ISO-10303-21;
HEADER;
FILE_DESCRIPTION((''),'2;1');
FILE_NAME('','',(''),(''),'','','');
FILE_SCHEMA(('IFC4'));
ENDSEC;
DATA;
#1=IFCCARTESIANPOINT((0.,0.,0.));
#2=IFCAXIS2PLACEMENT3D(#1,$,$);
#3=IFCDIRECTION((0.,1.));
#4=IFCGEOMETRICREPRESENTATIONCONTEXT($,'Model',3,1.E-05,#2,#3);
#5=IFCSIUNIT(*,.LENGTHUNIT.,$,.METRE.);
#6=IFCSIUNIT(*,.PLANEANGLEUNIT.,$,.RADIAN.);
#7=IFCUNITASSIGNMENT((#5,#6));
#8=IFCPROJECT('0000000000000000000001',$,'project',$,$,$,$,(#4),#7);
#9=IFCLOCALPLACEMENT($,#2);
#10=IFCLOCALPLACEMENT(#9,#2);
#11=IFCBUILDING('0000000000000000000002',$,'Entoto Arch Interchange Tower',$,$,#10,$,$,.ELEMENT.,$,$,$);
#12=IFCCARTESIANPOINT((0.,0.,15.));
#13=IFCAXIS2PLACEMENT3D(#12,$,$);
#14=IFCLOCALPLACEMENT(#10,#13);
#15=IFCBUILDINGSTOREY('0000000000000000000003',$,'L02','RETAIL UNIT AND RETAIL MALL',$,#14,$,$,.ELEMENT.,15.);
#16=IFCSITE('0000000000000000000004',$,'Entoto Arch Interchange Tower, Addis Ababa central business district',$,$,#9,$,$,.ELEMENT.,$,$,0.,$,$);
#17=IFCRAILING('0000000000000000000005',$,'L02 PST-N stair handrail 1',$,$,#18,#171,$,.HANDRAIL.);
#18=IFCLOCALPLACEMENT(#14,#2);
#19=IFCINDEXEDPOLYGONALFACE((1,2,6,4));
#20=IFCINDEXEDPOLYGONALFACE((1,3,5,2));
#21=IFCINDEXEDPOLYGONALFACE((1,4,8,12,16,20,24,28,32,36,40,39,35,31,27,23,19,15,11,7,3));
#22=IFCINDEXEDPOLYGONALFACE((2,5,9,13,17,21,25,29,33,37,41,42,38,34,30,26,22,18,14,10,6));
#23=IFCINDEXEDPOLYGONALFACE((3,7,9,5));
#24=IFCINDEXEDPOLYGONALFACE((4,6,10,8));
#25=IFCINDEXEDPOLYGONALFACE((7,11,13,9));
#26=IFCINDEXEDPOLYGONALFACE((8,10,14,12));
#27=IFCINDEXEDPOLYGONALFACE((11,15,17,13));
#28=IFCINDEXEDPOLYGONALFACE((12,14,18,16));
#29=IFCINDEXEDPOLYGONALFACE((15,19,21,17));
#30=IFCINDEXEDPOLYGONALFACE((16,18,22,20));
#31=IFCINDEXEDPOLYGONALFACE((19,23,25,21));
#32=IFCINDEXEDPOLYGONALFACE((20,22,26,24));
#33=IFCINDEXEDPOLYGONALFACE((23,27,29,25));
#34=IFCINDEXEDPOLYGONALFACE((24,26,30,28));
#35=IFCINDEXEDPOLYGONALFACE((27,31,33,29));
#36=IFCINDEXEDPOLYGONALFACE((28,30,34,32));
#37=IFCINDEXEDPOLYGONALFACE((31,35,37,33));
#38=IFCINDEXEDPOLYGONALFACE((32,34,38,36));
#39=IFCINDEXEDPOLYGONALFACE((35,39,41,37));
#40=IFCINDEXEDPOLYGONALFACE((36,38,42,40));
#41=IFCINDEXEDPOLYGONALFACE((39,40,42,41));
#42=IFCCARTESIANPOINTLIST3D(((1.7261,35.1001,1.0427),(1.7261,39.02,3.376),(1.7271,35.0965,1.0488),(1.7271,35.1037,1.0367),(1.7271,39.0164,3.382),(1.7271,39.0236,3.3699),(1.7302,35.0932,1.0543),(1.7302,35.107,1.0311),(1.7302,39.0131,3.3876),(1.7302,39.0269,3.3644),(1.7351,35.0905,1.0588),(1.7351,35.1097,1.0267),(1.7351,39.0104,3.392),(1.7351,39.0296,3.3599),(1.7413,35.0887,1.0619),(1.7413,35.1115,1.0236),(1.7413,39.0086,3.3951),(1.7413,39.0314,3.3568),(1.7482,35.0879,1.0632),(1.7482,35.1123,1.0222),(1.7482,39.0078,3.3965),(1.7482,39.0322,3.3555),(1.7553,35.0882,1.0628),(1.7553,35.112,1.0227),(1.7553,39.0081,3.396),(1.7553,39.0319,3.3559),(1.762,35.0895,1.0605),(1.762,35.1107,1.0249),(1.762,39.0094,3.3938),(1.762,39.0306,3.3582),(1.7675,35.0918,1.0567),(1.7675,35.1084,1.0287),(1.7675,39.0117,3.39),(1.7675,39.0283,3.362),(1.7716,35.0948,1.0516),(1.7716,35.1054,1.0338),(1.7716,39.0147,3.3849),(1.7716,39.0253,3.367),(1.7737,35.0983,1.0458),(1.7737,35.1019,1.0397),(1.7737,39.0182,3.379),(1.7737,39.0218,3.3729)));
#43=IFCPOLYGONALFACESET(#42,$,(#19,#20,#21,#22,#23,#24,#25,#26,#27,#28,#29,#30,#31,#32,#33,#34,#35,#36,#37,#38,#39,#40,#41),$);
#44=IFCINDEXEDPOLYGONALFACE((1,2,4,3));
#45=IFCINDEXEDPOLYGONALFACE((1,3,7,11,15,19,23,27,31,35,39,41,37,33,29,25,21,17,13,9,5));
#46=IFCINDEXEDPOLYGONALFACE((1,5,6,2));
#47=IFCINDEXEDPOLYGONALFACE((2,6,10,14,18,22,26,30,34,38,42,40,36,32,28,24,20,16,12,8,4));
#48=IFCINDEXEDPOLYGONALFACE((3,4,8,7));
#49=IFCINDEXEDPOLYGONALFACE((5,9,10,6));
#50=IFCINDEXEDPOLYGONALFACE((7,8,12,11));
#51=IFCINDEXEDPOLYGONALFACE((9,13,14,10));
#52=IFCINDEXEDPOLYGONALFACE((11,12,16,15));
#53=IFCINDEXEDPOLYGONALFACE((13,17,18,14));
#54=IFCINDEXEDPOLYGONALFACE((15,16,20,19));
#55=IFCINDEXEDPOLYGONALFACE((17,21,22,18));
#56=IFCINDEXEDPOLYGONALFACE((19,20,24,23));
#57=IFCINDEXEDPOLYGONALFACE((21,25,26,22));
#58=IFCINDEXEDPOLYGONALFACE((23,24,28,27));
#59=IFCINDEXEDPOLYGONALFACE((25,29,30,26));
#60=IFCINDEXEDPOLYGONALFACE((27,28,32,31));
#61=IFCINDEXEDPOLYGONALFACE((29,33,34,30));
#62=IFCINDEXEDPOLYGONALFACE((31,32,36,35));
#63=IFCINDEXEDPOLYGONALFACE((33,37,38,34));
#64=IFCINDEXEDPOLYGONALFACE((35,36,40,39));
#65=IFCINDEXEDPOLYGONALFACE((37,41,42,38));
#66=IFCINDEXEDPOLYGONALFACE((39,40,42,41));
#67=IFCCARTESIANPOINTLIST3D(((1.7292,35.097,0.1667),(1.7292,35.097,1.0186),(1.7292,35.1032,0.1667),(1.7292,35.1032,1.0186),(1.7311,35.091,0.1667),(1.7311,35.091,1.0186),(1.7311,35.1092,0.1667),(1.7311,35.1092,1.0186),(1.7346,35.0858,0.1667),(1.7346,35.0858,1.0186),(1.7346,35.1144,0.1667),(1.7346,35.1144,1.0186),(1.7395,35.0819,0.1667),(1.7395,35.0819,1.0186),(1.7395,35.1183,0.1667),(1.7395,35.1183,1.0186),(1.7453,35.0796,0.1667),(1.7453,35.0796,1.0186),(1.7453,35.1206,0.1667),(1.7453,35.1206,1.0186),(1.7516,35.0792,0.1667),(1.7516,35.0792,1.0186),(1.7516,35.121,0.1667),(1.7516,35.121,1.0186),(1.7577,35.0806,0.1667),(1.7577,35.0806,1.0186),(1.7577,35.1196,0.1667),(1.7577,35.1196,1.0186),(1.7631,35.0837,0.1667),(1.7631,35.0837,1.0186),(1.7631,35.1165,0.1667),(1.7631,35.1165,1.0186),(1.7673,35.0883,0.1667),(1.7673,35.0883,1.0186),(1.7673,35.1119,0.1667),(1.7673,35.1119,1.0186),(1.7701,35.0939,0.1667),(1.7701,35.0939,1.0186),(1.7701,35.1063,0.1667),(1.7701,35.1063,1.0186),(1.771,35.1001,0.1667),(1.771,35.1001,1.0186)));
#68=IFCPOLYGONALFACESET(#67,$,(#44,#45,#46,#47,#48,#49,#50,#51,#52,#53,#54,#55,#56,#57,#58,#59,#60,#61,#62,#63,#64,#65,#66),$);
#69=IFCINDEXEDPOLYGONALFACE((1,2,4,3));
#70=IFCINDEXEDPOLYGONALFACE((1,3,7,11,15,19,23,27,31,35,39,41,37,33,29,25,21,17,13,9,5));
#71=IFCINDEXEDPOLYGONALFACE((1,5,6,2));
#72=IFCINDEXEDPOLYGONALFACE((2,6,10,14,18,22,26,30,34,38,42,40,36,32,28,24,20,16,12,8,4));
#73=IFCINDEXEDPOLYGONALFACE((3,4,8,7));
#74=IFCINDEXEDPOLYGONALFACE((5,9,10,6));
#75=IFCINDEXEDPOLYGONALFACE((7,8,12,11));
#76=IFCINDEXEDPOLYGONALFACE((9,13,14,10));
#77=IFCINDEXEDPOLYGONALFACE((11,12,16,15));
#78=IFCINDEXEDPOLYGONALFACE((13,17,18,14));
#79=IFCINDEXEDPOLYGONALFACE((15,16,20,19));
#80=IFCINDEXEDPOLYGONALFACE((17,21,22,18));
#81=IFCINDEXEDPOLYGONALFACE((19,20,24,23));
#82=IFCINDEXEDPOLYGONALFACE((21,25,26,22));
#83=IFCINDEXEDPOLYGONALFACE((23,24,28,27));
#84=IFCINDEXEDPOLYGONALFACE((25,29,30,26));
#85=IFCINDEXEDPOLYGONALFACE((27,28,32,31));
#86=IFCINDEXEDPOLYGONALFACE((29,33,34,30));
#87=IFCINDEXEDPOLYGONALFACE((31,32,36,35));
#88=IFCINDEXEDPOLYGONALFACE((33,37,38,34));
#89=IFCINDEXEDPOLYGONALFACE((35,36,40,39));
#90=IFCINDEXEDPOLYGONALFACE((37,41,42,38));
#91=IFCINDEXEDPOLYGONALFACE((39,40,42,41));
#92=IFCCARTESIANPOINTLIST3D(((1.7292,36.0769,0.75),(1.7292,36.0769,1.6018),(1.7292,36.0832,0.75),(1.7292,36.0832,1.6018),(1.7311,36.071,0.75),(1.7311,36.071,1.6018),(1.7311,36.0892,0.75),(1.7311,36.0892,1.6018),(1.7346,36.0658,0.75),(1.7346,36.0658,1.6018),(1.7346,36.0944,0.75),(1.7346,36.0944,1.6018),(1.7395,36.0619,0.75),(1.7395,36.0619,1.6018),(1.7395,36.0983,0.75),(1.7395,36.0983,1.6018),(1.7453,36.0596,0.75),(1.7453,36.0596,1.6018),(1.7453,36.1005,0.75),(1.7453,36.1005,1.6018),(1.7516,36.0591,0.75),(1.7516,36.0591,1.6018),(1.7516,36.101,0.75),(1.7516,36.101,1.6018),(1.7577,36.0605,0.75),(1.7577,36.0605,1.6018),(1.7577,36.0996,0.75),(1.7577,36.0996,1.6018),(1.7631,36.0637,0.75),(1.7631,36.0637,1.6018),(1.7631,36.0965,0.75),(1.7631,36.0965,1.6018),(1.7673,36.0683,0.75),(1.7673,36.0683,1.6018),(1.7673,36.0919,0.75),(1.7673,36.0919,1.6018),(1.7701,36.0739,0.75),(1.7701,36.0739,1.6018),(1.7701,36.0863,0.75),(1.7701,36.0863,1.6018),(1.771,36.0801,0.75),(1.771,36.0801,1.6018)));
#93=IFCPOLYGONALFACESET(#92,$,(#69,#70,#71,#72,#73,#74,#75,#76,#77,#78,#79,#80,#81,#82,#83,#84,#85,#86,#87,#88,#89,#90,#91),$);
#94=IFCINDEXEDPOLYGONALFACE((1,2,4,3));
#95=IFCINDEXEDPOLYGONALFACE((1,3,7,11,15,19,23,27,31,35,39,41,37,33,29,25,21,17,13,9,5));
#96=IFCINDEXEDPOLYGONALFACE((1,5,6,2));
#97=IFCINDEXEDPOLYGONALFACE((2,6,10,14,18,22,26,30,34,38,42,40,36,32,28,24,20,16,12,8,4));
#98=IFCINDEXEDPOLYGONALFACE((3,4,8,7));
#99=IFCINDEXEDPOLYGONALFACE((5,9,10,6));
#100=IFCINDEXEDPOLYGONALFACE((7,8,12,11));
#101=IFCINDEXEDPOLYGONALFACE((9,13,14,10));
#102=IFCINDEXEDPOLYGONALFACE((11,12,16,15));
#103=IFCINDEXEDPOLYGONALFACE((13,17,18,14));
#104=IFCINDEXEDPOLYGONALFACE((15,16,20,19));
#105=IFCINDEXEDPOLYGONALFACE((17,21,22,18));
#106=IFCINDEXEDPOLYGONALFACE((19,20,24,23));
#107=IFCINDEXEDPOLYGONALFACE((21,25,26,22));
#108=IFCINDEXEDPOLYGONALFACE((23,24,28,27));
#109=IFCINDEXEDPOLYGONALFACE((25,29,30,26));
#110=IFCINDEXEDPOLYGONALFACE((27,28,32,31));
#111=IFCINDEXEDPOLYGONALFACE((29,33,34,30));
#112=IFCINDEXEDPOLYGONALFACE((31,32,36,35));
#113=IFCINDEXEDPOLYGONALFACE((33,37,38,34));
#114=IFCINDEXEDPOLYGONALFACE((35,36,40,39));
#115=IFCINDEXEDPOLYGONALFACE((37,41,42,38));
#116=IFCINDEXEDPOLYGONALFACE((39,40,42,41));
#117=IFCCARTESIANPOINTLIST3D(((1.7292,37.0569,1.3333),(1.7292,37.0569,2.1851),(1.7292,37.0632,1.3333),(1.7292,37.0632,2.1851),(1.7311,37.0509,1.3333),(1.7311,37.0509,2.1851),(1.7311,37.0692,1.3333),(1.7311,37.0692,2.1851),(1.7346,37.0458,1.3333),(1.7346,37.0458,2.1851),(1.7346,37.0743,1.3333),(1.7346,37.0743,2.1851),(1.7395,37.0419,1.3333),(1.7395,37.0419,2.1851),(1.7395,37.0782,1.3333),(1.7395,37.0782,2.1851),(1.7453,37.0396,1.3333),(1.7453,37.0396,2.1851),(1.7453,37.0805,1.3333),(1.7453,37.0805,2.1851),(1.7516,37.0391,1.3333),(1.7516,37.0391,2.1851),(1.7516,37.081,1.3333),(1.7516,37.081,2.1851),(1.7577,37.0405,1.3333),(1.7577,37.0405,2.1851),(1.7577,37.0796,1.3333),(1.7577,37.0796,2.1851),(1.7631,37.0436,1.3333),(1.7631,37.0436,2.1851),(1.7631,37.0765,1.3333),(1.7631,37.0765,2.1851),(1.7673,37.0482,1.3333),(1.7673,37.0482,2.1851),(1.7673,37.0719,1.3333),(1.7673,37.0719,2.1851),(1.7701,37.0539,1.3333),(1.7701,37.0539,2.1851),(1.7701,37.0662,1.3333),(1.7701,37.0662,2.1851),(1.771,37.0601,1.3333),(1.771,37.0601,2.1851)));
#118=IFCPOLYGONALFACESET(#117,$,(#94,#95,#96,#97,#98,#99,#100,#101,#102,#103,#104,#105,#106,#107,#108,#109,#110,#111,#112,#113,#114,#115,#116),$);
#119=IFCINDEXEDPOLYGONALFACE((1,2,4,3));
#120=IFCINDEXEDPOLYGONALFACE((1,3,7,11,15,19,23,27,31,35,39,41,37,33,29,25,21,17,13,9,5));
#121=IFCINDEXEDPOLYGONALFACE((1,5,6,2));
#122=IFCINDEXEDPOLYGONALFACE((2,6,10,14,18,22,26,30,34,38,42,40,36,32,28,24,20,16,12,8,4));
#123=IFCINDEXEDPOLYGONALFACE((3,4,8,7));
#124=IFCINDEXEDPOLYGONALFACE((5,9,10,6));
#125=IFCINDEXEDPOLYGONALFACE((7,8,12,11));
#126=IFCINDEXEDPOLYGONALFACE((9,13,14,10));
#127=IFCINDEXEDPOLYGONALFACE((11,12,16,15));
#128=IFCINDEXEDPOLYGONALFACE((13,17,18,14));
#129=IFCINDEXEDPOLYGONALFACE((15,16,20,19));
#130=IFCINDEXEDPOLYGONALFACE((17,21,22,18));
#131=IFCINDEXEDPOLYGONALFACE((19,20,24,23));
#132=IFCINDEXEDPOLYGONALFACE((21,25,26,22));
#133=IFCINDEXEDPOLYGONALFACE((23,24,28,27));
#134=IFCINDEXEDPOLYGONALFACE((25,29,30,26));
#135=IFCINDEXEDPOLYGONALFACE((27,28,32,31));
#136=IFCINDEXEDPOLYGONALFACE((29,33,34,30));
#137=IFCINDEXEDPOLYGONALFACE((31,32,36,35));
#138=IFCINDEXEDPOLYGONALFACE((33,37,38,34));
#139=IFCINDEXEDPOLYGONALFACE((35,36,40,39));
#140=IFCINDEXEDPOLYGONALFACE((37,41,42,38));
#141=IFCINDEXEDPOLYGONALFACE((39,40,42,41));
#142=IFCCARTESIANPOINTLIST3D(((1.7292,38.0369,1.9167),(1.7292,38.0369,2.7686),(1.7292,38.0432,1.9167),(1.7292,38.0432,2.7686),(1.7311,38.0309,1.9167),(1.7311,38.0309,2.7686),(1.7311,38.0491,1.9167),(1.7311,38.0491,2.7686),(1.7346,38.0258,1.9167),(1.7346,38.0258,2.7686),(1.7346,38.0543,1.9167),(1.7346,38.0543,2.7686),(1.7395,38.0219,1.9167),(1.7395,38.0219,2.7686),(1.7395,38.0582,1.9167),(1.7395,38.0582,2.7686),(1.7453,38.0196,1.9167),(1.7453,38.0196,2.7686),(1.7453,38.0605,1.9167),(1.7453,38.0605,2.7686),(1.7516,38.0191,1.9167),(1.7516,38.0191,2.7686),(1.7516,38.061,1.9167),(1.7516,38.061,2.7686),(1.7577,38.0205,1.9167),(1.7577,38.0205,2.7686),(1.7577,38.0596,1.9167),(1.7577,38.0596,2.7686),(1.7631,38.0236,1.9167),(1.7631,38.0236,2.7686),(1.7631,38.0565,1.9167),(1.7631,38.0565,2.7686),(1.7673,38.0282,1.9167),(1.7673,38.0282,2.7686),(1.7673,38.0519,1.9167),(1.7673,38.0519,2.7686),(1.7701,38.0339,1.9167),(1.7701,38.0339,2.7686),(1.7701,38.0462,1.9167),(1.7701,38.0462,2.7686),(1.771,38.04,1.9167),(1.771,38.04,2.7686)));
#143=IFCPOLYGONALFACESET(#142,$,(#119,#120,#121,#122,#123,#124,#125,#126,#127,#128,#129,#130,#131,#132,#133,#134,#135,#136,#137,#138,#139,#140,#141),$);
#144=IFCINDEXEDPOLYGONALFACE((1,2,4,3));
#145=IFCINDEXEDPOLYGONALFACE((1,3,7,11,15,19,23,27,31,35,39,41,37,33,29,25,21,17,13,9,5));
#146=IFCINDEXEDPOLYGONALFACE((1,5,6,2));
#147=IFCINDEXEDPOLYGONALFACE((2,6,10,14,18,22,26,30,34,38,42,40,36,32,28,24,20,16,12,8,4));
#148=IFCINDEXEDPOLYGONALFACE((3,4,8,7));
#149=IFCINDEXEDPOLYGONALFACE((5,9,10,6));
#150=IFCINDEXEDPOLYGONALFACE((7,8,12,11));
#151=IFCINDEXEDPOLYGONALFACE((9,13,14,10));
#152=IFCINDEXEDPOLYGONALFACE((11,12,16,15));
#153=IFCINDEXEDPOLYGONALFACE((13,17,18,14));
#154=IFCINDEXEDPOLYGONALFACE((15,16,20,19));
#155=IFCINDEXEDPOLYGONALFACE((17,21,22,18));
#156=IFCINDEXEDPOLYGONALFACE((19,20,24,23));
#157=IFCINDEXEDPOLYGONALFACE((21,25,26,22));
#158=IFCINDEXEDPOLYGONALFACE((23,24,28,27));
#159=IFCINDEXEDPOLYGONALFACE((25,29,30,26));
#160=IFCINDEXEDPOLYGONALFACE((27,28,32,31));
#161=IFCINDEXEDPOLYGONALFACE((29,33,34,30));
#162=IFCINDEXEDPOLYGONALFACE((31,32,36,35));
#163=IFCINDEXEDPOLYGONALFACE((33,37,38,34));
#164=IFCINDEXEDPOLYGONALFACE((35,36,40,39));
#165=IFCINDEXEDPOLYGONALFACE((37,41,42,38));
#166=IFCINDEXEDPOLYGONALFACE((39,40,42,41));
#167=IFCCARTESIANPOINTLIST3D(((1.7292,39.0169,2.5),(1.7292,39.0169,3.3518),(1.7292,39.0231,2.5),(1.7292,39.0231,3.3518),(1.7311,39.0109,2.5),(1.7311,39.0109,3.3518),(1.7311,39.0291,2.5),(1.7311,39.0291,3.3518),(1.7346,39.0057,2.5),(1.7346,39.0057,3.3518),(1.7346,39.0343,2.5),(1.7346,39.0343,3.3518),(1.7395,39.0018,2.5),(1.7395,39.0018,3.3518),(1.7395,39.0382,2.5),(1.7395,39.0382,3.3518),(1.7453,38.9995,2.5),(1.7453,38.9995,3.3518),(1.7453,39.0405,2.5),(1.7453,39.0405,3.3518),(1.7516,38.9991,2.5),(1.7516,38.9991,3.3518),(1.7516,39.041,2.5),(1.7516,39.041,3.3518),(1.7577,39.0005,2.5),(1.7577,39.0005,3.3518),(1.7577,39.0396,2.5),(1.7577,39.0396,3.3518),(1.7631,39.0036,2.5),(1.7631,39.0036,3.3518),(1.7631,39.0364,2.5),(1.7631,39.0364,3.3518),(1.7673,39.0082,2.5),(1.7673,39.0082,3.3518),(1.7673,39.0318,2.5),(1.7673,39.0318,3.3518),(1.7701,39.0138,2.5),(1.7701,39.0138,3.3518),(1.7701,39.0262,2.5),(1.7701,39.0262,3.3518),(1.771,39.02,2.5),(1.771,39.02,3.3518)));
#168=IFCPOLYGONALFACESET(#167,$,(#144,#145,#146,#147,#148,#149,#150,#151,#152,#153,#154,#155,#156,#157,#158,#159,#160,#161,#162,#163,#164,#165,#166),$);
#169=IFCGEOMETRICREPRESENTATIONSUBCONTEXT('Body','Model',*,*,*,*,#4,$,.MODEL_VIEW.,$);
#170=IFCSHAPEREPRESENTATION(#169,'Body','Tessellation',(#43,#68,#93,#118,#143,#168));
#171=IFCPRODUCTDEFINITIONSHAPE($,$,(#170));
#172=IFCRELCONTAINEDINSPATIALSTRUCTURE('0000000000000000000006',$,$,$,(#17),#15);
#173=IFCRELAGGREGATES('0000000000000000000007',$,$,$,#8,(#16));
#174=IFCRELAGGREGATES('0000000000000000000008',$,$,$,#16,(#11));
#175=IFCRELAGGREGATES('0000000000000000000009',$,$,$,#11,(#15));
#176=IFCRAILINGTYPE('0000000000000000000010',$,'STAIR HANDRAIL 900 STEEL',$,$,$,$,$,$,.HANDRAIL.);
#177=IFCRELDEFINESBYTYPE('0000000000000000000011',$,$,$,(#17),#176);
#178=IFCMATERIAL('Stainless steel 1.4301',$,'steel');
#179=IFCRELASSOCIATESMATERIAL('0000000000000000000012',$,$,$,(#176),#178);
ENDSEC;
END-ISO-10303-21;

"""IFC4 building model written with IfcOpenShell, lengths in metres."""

from ifc_helpers import new_model, si_unit, direction, frame, origin, origin_2d, place, context, subcontext, project, spatial, circle, extrude, material, type_object, element, save


model = new_model("IFC4")

# Units and contexts
model_context = context("Model", 3, precision=1e-05, world=origin(), true_north=direction((0.0, 1.0)))
body_context = subcontext(model_context, "Body", "Model", "MODEL_VIEW")
ifc_project = project(units=[si_unit("LENGTHUNIT", "METRE"), si_unit("PLANEANGLEUNIT", "RADIAN")], contexts=[model_context])

# Site, building, storey
site_placement = place(None, origin())
site = spatial("IfcSite", under=ifc_project, at=site_placement, Name="Entoto Arch Interchange Tower, Addis Ababa central business district", CompositionType="ELEMENT", RefElevation=0.0)
building_placement = place(site_placement, origin())
building = spatial("IfcBuilding", under=site, at=building_placement, Name="Entoto Arch Interchange Tower", CompositionType="ELEMENT")
storey_placement = place(building_placement, frame((0.0, 0.0, 15.0)))
storey = spatial("IfcBuildingStorey", under=building, at=storey_placement, Name="L02", Description="RETAIL UNIT AND RETAIL MALL", CompositionType="ELEMENT", Elevation=15.0)

# Railing
ifc_material_1 = material(Name="Stainless steel 1.4301", Category="steel")
railing_type_1 = type_object("IfcRailingType", Name="STAIR HANDRAIL 900 STEEL", PredefinedType="HANDRAIL", material=ifc_material_1)
railing_1_placement = place(storey_placement, frame((1.75, 35.1001, 0.1667)))
element("IfcRailing", 1, at=railing_1_placement, inside=storey, type_object=railing_type_1, Name="L02 PST-N stair handrail 1", PredefinedType="HANDRAIL", context=body_context, shape_type="SweptSolid", body=[
    extrude(circle(Radius=0.0239, at=origin_2d()), frame((0.0, 0.0, 0.876), z_axis=(0.0, 0.859296, 0.511478), x_axis=(-1.0, 0.0, 0.0)), (0.0, 0.0, 1.0), 4.5618),
    extrude(circle(Radius=0.021, at=origin_2d()), origin(), (0.0, 0.0, 1.0), 0.8518),
    extrude(circle(Radius=0.021, at=origin_2d()), frame((0.0, 0.98, 0.5833)), (0.0, 0.0, 1.0), 0.8518),
    extrude(circle(Radius=0.021, at=origin_2d()), frame((0.0, 1.96, 1.1665)), (0.0, 0.0, 1.0), 0.8518),
    extrude(circle(Radius=0.021, at=origin_2d()), frame((0.0, 2.9399, 1.75)), (0.0, 0.0, 1.0), 0.8518),
    extrude(circle(Radius=0.021, at=origin_2d()), frame((0.0, 3.9199, 2.3333)), (0.0, 0.0, 1.0), 0.8518),
])

save(model, "model.ifc")
